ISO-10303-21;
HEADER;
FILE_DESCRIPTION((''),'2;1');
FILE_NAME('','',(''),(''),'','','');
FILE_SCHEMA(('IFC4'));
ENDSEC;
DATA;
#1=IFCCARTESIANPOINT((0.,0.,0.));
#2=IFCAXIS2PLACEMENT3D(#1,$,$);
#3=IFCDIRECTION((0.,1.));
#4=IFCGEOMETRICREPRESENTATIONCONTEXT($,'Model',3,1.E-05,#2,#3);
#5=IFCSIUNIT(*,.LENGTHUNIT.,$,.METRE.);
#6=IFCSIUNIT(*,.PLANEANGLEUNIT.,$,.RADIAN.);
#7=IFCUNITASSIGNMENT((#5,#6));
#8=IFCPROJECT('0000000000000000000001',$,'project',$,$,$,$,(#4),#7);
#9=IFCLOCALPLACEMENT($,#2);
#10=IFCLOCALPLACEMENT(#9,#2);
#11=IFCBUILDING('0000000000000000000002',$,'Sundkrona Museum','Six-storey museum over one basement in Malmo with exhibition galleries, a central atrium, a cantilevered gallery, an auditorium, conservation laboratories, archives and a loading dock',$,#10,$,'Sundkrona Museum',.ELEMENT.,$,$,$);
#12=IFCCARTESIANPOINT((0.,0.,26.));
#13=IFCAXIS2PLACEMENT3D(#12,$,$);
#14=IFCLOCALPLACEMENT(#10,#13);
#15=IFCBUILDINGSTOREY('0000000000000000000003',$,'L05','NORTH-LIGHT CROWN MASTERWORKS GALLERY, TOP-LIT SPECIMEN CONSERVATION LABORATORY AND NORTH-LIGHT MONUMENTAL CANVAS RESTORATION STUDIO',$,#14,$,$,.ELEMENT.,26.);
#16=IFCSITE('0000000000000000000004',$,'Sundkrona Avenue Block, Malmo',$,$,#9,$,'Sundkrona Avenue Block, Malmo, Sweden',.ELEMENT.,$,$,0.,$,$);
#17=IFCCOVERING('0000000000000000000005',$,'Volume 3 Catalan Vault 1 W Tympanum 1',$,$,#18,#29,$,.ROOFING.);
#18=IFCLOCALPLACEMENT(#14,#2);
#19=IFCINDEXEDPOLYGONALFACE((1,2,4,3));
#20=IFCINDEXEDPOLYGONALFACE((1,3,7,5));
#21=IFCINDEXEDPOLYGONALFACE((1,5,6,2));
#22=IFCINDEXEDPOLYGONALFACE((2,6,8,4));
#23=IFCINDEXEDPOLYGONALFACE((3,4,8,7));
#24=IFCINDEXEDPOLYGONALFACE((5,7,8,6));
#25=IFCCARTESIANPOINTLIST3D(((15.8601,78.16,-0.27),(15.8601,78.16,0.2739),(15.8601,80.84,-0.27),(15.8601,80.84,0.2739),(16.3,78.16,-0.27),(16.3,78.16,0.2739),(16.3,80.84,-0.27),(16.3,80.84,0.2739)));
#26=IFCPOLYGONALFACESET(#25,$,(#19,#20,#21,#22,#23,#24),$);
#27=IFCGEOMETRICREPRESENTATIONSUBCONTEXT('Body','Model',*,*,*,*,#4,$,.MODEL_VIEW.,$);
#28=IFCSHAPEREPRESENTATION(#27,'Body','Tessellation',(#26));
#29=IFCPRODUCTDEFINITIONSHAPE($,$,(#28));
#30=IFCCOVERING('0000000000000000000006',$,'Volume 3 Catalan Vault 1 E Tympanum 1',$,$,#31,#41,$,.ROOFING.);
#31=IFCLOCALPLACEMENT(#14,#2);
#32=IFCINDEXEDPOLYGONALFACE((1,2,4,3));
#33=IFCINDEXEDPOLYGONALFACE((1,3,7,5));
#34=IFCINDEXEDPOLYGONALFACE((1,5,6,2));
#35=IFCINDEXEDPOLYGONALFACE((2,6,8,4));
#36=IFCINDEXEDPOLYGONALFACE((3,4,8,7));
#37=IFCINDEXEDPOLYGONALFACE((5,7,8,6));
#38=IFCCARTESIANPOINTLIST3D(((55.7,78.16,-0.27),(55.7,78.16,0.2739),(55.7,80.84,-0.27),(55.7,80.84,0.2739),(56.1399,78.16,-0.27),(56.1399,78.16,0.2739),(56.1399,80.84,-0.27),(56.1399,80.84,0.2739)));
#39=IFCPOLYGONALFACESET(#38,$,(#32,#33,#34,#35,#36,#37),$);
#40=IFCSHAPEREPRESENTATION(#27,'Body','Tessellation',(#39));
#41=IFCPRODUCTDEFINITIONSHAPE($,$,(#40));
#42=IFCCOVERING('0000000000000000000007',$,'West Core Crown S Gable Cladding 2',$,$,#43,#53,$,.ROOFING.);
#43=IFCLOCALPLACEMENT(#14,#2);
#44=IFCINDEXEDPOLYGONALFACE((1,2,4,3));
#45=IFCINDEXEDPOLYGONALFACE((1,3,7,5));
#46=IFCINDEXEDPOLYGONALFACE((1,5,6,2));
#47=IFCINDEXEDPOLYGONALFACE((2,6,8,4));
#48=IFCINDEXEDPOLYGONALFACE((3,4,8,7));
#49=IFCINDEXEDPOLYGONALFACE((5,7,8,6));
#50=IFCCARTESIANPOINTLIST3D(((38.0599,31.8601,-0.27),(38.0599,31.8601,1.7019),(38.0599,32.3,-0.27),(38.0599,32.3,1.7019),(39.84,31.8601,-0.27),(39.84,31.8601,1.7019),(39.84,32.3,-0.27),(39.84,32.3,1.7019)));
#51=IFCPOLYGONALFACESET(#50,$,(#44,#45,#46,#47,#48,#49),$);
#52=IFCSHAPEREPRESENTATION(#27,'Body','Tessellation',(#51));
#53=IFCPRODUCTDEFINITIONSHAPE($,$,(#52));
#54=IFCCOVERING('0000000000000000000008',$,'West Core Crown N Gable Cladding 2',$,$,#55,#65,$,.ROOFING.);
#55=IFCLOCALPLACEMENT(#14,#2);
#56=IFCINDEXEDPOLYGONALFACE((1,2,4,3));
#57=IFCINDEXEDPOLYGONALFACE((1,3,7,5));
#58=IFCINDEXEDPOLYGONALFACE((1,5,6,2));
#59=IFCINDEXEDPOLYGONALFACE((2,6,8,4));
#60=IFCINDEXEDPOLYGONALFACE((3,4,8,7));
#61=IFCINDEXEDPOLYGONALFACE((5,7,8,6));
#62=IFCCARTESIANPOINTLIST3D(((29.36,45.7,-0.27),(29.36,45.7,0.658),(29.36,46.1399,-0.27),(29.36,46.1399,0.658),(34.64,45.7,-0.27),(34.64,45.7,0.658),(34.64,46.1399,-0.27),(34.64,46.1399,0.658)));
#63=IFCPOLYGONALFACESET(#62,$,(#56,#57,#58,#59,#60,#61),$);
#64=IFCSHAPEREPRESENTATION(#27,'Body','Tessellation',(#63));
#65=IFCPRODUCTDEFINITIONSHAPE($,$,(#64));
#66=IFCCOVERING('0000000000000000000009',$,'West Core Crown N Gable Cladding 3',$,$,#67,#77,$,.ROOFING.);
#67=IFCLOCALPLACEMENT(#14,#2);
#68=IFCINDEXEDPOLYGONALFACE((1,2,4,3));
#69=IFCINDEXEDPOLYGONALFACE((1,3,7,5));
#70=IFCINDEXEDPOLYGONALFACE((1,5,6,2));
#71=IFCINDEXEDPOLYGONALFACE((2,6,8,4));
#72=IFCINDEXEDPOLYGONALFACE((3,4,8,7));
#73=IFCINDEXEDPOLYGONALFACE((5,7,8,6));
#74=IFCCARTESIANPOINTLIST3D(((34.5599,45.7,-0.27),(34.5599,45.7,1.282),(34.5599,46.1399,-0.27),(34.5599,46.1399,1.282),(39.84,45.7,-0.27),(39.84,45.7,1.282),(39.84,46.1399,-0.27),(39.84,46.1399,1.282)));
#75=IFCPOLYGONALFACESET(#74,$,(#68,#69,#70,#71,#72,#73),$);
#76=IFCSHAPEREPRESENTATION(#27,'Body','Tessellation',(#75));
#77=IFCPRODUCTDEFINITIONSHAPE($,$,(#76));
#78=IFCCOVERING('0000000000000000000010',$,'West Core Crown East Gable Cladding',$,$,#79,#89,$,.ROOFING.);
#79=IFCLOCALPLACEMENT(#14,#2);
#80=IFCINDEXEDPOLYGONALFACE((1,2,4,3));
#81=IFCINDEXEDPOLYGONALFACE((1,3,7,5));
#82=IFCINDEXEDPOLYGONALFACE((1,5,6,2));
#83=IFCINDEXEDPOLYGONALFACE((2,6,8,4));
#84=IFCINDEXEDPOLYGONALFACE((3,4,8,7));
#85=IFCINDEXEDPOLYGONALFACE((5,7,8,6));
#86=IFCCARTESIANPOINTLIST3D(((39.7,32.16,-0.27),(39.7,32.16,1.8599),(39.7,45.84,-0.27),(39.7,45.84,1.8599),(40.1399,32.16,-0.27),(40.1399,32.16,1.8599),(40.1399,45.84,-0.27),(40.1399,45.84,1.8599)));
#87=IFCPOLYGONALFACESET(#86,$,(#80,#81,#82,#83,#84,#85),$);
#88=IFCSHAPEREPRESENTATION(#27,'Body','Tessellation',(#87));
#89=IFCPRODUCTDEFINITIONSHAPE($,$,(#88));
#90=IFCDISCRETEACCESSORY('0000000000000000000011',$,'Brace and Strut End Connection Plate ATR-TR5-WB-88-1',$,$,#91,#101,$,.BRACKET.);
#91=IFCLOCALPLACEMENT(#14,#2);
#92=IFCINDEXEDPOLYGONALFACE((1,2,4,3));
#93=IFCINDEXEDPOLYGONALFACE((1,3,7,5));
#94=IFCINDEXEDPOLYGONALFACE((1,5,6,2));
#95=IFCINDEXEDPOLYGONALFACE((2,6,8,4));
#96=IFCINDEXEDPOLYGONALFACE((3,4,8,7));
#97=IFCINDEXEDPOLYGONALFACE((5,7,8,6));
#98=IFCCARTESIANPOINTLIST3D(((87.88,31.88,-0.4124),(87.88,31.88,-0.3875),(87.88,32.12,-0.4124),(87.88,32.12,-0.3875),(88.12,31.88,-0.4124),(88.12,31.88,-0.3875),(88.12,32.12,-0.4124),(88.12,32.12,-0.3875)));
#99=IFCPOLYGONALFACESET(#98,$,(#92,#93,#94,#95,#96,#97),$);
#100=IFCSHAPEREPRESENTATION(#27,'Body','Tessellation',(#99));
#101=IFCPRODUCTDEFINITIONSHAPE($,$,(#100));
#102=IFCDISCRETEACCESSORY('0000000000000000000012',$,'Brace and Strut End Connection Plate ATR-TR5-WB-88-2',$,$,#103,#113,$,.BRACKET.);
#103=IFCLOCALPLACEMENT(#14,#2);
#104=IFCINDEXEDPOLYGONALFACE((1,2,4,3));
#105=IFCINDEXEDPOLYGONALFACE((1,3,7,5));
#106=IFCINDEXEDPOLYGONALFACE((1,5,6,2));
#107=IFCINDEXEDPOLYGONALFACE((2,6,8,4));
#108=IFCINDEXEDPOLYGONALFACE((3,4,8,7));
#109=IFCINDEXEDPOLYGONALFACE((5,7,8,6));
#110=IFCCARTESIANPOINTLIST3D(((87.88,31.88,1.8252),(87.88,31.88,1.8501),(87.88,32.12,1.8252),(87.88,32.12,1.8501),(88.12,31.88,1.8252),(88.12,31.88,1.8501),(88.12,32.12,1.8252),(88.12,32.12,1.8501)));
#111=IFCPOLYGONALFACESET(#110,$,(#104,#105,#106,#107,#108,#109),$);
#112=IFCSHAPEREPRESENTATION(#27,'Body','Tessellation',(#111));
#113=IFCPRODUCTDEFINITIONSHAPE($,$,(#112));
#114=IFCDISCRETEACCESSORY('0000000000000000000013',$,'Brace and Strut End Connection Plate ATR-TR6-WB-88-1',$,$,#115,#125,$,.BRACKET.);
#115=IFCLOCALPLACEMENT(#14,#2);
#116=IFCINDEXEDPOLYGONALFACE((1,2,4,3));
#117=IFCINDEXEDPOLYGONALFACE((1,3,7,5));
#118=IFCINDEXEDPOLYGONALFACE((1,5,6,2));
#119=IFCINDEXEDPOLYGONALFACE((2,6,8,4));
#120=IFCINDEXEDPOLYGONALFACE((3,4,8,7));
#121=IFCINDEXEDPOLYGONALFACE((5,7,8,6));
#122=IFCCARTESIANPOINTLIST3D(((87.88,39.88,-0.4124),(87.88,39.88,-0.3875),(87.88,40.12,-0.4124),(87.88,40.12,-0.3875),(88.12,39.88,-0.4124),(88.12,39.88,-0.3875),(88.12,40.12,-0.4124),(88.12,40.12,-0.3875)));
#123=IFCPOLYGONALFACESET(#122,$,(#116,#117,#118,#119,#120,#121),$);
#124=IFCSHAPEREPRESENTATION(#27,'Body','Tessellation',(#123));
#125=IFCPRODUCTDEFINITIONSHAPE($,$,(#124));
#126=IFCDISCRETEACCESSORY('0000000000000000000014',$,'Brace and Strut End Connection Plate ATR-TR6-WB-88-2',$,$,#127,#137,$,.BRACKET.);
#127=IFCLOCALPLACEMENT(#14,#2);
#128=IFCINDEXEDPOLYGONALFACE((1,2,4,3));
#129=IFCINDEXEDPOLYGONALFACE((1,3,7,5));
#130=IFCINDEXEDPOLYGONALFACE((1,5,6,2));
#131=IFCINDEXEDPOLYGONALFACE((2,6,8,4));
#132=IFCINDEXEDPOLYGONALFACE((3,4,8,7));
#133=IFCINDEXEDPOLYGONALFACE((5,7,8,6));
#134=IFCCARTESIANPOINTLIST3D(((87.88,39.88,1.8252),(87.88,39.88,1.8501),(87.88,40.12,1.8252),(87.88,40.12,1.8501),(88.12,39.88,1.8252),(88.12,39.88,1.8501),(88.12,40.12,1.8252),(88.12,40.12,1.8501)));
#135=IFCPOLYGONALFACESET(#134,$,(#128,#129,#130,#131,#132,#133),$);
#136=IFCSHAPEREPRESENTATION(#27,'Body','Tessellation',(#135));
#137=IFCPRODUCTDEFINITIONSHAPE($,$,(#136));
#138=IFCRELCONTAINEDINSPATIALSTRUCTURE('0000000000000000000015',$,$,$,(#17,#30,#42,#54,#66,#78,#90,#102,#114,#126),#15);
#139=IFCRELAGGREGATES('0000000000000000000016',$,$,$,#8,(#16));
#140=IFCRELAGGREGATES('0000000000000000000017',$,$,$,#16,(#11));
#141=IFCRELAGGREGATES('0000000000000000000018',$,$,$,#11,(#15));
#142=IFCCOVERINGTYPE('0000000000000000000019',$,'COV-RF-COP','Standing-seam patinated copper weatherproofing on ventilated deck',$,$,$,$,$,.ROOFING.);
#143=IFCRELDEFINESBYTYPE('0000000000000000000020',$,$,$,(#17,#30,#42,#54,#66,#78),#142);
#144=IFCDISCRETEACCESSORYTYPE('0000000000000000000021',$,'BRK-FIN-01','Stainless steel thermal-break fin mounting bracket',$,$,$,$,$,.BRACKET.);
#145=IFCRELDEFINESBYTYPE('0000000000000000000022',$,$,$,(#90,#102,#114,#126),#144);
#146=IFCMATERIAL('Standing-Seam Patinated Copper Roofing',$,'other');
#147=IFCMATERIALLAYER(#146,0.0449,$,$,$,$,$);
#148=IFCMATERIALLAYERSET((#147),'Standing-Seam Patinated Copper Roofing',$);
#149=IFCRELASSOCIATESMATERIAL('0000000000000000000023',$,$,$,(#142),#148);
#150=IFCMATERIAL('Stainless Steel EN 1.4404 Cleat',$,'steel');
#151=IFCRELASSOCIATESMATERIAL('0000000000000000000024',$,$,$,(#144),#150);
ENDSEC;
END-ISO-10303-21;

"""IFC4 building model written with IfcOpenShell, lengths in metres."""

from ifc_helpers import new_model, si_unit, direction, frame, origin, origin_2d, place, context, subcontext, project, spatial, rectangle, extrude, material, layer, layer_set, type_object, element, save


model = new_model("IFC4")

# Units and contexts
model_context = context("Model", 3, precision=1e-05, world=origin(), true_north=direction((0.0, 1.0)))
body_context = subcontext(model_context, "Body", "Model", "MODEL_VIEW")
ifc_project = project(units=[si_unit("LENGTHUNIT", "METRE"), si_unit("PLANEANGLEUNIT", "RADIAN")], contexts=[model_context])

# Site, building, storey
site_placement = place(None, origin())
site = spatial("IfcSite", under=ifc_project, at=site_placement, Name="Sundkrona Avenue Block, Malmo", LongName="Sundkrona Avenue Block, Malmo, Sweden", CompositionType="ELEMENT", RefElevation=0.0)
building_placement = place(site_placement, origin())
building = spatial("IfcBuilding", under=site, at=building_placement, Name="Sundkrona Museum", Description="Six-storey museum over one basement in Malmo with exhibition galleries, a central atrium, a cantilevered gallery, an auditorium, conservation laboratories, archives and a loading dock", LongName="Sundkrona Museum", CompositionType="ELEMENT")
storey_placement = place(building_placement, frame((0.0, 0.0, 26.0)))
storey = spatial("IfcBuildingStorey", under=building, at=storey_placement, Name="L05", Description="NORTH-LIGHT CROWN MASTERWORKS GALLERY, TOP-LIT SPECIMEN CONSERVATION LABORATORY AND NORTH-LIGHT MONUMENTAL CANVAS RESTORATION STUDIO", CompositionType="ELEMENT", Elevation=26.0)

# Coverings
ifc_material_1 = material(Name="Standing-Seam Patinated Copper Roofing", Category="other")
ifc_layer_1 = layer(ifc_material_1, 0.0449)
ifc_layer_set_1 = layer_set([ifc_layer_1], Name="Standing-Seam Patinated Copper Roofing")
covering_type = type_object("IfcCoveringType", Name="COV-RF-COP", Description="Standing-seam patinated copper weatherproofing on ventilated deck", PredefinedType="ROOFING", material=ifc_layer_set_1)
for number, where, z_axis, x_axis, name in (
    (1, (16.0801, 79.5, -0.27), (0.0, 0.0, 1.0), (0.0, 1.0, 0.0), "Volume 3 Catalan Vault 1 W Tympanum 1"),
    (2, (55.9199, 79.5, -0.27), (0.0, 0.0, 1.0), (0.0, 1.0, 0.0), "Volume 3 Catalan Vault 1 E Tympanum 1"),
):
    element("IfcCovering", number, at=place(storey_placement, frame(where, z_axis=z_axis, x_axis=x_axis)), inside=storey, type_object=covering_type, Name=name, PredefinedType="ROOFING", context=body_context, shape_type="SweptSolid", body=[
        extrude(rectangle(XDim=2.6799, YDim=0.4399, at=origin_2d()), origin(), (0.0, 0.0, 1.0), 0.5439),
    ])
covering_1_placement = place(storey_placement, frame((38.95, 32.0801, -0.27), z_axis=(0.0, 0.0, 1.0), x_axis=(1.0, 0.0, 0.0)))
element("IfcCovering", 3, at=covering_1_placement, inside=storey, type_object=covering_type, Name="West Core Crown S Gable Cladding 2", PredefinedType="ROOFING", context=body_context, shape_type="SweptSolid", body=[
    extrude(rectangle(XDim=1.78, YDim=0.4399, at=origin_2d()), origin(), (0.0, 0.0, 1.0), 1.9719),
])
covering_2_placement = place(storey_placement, frame((32.0, 45.9199, -0.27), z_axis=(0.0, 0.0, 1.0), x_axis=(1.0, 0.0, 0.0)))
element("IfcCovering", 4, at=covering_2_placement, inside=storey, type_object=covering_type, Name="West Core Crown N Gable Cladding 2", PredefinedType="ROOFING", context=body_context, shape_type="SweptSolid", body=[
    extrude(rectangle(XDim=5.28, YDim=0.4399, at=origin_2d()), origin(), (0.0, 0.0, 1.0), 0.928),
])
covering_3_placement = place(storey_placement, frame((37.2, 45.9199, -0.27), z_axis=(0.0, 0.0, 1.0), x_axis=(1.0, 0.0, 0.0)))
element("IfcCovering", 5, at=covering_3_placement, inside=storey, type_object=covering_type, Name="West Core Crown N Gable Cladding 3", PredefinedType="ROOFING", context=body_context, shape_type="SweptSolid", body=[
    extrude(rectangle(XDim=5.28, YDim=0.4399, at=origin_2d()), origin(), (0.0, 0.0, 1.0), 1.552),
])
covering_4_placement = place(storey_placement, frame((39.9199, 39.0, -0.27), z_axis=(0.0, 0.0, 1.0), x_axis=(0.0, 1.0, 0.0)))
element("IfcCovering", 6, at=covering_4_placement, inside=storey, type_object=covering_type, Name="West Core Crown East Gable Cladding", PredefinedType="ROOFING", context=body_context, shape_type="SweptSolid", body=[
    extrude(rectangle(XDim=13.6799, YDim=0.4399, at=origin_2d()), origin(), (0.0, 0.0, 1.0), 2.1299),
])

# Discrete accessories
ifc_material_2 = material(Name="Stainless Steel EN 1.4404 Cleat", Category="steel")
discrete_accessory_type = type_object("IfcDiscreteAccessoryType", Name="BRK-FIN-01", Description="Stainless steel thermal-break fin mounting bracket", PredefinedType="BRACKET", material=ifc_material_2)
for number, where, z_axis, x_axis, name in (
    (7, (88.0, 32.0, -0.4124), (0.0, 0.0, 1.0), (1.0, 0.0, 0.0), "Brace and Strut End Connection Plate ATR-TR5-WB-88-1"),
    (8, (88.0, 32.0, 1.8252), (0.0, 0.0, 1.0), (1.0, 0.0, 0.0), "Brace and Strut End Connection Plate ATR-TR5-WB-88-2"),
    (9, (88.0, 40.0, -0.4124), (0.0, 0.0, 1.0), (1.0, 0.0, 0.0), "Brace and Strut End Connection Plate ATR-TR6-WB-88-1"),
    (10, (88.0, 40.0, 1.8252), (0.0, 0.0, 1.0), (1.0, 0.0, 0.0), "Brace and Strut End Connection Plate ATR-TR6-WB-88-2"),
):
    element("IfcDiscreteAccessory", number, at=place(storey_placement, frame(where, z_axis=z_axis, x_axis=x_axis)), inside=storey, type_object=discrete_accessory_type, Name=name, PredefinedType="BRACKET", context=body_context, shape_type="SweptSolid", body=[
        extrude(rectangle(XDim=0.24, YDim=0.24, at=origin_2d()), origin(), (0.0, 0.0, 1.0), 0.0249),
    ])

save(model, "model.ifc")
